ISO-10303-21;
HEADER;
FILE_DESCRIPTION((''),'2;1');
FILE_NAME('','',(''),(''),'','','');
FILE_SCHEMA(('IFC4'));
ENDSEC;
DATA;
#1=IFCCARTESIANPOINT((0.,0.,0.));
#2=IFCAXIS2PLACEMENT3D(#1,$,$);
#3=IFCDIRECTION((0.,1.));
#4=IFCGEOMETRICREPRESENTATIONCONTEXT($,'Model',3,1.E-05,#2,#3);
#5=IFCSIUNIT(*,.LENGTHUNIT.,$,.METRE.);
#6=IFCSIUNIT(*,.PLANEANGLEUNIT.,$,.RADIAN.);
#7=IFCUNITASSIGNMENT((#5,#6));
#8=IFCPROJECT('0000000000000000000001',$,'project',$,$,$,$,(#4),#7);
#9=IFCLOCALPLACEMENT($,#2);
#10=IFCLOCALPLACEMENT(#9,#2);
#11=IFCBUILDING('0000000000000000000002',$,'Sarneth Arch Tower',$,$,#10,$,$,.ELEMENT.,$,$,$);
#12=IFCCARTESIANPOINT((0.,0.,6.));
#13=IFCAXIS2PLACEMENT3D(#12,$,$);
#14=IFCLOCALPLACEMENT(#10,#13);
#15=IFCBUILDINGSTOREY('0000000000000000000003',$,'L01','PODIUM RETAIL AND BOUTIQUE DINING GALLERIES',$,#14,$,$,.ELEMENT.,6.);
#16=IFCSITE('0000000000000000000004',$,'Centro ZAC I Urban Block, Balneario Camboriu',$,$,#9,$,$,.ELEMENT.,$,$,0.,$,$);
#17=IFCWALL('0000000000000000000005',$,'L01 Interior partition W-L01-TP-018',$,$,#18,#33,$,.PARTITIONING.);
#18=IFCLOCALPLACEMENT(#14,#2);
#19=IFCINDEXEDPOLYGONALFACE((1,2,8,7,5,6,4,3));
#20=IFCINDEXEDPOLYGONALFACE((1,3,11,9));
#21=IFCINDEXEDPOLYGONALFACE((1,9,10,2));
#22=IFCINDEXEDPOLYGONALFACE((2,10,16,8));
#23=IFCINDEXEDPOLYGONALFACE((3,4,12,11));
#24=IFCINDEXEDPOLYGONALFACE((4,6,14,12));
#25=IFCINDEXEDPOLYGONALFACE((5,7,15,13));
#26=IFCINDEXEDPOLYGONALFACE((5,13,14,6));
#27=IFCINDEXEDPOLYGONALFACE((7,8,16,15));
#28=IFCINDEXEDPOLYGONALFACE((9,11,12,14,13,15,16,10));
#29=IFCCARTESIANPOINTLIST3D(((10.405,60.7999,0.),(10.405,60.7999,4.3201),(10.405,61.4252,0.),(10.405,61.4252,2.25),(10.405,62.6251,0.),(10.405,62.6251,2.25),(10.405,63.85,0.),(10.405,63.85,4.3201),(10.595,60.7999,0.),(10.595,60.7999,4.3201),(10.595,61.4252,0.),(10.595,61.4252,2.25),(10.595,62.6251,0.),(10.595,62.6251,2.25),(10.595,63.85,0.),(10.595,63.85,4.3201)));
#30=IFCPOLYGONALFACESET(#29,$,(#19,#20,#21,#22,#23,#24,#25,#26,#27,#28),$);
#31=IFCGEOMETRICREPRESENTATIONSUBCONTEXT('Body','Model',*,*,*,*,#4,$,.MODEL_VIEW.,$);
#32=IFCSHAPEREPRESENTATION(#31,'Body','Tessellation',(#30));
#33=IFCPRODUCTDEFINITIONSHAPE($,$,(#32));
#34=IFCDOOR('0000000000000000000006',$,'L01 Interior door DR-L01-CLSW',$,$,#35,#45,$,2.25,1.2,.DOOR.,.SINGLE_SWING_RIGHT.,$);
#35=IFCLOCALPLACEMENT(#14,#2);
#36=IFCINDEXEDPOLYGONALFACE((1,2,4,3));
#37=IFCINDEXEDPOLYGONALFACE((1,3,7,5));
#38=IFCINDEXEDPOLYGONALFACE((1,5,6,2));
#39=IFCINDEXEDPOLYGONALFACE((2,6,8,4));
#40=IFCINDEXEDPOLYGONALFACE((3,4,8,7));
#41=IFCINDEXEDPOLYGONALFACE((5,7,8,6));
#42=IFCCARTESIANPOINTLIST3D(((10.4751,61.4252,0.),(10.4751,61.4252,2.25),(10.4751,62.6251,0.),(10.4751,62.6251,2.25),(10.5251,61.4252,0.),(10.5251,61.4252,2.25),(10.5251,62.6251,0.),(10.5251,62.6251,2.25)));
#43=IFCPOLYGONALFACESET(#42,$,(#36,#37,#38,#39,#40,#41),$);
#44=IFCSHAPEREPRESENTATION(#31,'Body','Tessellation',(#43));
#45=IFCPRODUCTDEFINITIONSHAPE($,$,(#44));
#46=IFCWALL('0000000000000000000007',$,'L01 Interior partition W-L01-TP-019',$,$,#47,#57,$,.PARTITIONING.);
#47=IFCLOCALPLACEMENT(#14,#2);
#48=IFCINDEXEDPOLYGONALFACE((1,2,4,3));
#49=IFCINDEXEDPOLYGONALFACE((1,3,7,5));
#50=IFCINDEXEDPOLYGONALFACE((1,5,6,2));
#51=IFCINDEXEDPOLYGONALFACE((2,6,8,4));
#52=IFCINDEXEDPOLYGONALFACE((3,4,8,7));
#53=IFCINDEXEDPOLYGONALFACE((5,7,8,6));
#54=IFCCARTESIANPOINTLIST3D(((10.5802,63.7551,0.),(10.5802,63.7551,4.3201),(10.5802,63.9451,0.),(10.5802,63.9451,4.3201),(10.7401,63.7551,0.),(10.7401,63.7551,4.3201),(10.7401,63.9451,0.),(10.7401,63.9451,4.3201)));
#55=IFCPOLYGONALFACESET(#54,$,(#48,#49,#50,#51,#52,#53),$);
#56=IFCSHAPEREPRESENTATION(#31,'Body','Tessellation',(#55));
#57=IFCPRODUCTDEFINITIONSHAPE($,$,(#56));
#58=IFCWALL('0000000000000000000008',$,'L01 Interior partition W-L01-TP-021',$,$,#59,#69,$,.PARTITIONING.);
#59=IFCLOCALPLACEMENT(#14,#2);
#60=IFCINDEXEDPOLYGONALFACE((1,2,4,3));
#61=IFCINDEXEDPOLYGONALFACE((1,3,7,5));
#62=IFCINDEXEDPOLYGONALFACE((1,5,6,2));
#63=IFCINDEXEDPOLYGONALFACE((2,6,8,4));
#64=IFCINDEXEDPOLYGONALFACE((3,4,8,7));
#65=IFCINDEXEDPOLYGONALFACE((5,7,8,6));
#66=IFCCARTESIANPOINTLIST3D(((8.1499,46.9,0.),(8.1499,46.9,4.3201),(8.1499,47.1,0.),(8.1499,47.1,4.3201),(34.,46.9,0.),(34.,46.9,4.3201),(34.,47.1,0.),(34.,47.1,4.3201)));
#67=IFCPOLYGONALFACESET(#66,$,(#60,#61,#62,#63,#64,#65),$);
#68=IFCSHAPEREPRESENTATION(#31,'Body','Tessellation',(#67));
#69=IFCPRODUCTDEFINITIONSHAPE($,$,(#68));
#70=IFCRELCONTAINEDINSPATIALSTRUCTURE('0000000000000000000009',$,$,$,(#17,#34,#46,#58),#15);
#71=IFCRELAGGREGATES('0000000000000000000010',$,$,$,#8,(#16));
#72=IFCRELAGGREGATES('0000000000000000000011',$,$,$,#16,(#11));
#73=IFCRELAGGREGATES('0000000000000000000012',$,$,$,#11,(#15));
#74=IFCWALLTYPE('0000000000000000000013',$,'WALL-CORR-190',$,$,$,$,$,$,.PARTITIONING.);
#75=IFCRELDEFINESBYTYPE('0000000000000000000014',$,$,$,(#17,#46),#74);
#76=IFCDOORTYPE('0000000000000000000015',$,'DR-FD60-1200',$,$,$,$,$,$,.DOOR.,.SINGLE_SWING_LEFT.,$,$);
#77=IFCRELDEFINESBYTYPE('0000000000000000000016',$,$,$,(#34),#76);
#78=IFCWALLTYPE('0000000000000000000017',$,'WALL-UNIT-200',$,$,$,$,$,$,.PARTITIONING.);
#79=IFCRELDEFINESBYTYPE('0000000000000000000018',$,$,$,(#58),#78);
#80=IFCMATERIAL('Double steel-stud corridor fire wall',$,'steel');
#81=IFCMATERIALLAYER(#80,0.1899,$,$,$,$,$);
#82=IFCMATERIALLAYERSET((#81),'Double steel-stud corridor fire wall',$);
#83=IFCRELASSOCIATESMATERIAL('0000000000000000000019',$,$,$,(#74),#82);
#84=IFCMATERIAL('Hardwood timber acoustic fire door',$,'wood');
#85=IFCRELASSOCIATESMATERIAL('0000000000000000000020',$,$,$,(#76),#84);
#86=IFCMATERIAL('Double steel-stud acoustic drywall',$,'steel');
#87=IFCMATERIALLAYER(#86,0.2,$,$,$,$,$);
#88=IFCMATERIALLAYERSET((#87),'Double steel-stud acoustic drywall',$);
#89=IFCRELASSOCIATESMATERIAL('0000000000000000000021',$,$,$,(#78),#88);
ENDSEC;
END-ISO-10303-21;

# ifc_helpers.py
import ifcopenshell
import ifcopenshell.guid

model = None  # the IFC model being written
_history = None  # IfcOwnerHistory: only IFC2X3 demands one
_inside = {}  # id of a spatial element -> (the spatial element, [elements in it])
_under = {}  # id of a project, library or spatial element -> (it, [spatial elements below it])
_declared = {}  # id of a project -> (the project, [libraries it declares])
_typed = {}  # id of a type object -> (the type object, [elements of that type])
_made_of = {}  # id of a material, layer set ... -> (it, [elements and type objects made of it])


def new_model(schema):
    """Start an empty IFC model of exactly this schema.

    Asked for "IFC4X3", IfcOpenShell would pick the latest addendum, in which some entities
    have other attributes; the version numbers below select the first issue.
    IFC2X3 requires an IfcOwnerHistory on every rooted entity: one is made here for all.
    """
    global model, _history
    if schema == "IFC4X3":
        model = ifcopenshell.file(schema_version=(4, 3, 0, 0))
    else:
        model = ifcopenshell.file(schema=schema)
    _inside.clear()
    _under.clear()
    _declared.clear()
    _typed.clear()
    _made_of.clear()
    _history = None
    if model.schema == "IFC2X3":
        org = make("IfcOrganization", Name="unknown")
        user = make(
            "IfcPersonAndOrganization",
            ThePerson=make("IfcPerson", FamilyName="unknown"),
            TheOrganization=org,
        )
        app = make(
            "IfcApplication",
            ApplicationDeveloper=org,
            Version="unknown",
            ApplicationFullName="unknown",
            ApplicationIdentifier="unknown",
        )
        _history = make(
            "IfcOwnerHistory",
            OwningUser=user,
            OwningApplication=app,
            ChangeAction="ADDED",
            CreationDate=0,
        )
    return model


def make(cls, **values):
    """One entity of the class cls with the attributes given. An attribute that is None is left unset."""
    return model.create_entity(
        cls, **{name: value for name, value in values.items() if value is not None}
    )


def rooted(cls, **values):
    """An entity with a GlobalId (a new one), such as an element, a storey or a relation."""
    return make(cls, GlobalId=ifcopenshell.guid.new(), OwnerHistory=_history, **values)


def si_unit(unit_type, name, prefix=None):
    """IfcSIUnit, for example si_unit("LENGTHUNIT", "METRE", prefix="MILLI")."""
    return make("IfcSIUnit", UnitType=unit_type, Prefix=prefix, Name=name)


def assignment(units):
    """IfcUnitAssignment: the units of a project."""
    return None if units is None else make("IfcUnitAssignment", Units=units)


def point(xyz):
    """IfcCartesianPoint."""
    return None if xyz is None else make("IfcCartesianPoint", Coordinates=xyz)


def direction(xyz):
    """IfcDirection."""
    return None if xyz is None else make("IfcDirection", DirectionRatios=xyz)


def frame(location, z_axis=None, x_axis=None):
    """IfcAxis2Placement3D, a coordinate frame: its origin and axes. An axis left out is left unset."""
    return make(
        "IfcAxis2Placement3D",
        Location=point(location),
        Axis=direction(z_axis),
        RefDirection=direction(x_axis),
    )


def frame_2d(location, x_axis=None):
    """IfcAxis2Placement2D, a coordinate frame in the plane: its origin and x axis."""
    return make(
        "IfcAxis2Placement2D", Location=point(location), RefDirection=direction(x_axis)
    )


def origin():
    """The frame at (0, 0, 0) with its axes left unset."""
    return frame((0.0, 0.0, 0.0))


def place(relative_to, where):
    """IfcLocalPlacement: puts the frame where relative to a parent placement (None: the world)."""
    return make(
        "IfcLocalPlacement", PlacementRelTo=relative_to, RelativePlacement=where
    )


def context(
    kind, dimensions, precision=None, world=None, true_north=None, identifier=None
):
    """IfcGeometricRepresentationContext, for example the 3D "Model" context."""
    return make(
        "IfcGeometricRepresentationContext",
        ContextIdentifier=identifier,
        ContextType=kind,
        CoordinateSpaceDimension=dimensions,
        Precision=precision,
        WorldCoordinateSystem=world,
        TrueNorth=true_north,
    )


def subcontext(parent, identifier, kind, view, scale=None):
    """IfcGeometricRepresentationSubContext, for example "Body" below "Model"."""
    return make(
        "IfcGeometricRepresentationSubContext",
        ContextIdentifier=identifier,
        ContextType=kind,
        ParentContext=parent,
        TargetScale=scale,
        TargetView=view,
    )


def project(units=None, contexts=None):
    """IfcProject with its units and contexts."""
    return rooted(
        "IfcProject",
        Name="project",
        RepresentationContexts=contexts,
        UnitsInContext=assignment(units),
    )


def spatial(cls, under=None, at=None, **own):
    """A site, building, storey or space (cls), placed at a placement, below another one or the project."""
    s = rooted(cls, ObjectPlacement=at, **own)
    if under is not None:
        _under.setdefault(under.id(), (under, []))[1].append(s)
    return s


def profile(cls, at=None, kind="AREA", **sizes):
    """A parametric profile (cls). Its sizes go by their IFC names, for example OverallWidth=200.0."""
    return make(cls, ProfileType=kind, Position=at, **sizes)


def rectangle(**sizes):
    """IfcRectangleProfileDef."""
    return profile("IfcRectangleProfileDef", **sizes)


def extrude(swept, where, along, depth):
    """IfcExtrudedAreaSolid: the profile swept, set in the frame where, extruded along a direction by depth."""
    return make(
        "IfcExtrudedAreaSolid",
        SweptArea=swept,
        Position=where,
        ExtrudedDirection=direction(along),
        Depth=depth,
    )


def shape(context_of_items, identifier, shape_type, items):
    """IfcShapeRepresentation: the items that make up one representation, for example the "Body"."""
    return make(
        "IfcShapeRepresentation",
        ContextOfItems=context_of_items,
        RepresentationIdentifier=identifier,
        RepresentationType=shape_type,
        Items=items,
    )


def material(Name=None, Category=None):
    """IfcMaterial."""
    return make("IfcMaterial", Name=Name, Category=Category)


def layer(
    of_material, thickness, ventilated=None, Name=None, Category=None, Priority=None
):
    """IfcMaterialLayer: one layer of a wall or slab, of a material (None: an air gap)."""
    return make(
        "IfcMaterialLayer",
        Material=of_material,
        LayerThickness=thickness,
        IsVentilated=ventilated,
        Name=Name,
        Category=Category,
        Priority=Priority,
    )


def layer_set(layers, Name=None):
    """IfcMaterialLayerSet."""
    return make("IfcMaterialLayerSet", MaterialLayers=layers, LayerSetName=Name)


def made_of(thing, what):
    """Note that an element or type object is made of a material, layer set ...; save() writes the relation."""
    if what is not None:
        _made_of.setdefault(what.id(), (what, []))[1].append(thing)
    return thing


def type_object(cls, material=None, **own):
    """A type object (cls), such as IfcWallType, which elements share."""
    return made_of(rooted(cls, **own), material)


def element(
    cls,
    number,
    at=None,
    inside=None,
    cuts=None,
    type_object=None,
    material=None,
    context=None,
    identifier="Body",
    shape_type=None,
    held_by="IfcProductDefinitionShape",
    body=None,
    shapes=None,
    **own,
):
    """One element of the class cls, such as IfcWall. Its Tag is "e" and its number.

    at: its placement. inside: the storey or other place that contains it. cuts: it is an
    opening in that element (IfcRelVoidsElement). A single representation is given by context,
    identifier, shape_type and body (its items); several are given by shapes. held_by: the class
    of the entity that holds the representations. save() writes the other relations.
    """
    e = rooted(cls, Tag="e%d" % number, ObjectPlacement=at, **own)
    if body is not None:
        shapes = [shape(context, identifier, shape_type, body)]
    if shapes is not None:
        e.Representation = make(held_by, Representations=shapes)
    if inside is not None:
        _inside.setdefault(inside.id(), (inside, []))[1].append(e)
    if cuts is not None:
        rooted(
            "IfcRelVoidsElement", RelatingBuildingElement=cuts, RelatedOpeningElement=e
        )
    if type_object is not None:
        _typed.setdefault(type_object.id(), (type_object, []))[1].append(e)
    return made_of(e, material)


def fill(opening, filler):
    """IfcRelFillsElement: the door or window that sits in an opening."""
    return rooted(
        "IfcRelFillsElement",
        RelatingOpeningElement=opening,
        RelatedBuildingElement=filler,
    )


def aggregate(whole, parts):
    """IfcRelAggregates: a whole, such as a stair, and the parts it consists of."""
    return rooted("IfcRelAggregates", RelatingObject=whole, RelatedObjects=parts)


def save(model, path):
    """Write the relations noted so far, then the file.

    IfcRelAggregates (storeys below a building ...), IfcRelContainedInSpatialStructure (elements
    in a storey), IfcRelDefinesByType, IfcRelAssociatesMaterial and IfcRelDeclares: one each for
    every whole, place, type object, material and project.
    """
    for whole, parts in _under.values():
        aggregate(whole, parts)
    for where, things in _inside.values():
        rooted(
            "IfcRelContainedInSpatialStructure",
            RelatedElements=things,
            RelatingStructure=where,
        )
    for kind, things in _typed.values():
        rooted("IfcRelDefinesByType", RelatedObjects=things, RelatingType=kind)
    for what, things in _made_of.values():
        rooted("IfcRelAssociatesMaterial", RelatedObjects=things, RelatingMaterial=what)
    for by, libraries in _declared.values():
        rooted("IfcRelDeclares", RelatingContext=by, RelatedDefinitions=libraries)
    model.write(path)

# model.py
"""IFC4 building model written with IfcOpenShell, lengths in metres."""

from ifc_helpers import new_model, si_unit, direction, frame, frame_2d, origin, place, context, subcontext, project, spatial, rectangle, extrude, material, layer, layer_set, type_object, element, fill, save


model = new_model("IFC4")

# Units and contexts
model_context = context("Model", 3, precision=1e-05, world=origin(), true_north=direction((0.0, 1.0)))
body_context = subcontext(model_context, "Body", "Model", "MODEL_VIEW")
ifc_project = project(units=[si_unit("LENGTHUNIT", "METRE"), si_unit("PLANEANGLEUNIT", "RADIAN")], contexts=[model_context])

# Site, building, storey
site_placement = place(None, origin())
site = spatial("IfcSite", under=ifc_project, at=site_placement, Name="Centro ZAC I Urban Block, Balneario Camboriu", CompositionType="ELEMENT", RefElevation=0.0)
building_placement = place(site_placement, origin())
building = spatial("IfcBuilding", under=site, at=building_placement, Name="Sarneth Arch Tower", CompositionType="ELEMENT")
storey_placement = place(building_placement, frame((0.0, 0.0, 6.0)))
storey = spatial("IfcBuildingStorey", under=building, at=storey_placement, Name="L01", Description="PODIUM RETAIL AND BOUTIQUE DINING GALLERIES", CompositionType="ELEMENT", Elevation=6.0)

# Wall, opening, door
ifc_material_1 = material(Name="Double steel-stud corridor fire wall", Category="steel")
ifc_layer_1 = layer(ifc_material_1, 0.1899)
ifc_layer_set_1 = layer_set([ifc_layer_1], Name="Double steel-stud corridor fire wall")
wall_type_1 = type_object("IfcWallType", Name="WALL-CORR-190", PredefinedType="PARTITIONING", material=ifc_layer_set_1)
ifc_material_2 = material(Name="Hardwood timber acoustic fire door", Category="wood")
door_type_1 = type_object("IfcDoorType", Name="DR-FD60-1200", OperationType="SINGLE_SWING_LEFT", PredefinedType="DOOR", material=ifc_material_2)
wall_1_placement = place(storey_placement, frame((10.5, 60.8, 0.0), z_axis=(0.0, 0.0, 1.0), x_axis=(0.0, 1.0, 0.0)))
wall_1 = element("IfcWall", 1, at=wall_1_placement, inside=storey, type_object=wall_type_1, Name="L01 Interior partition W-L01-TP-018", PredefinedType="PARTITIONING", context=body_context, shape_type="SweptSolid", body=[
    extrude(rectangle(XDim=3.05, YDim=0.1899, at=frame_2d((1.5249, 0.0))), origin(), (0.0, 0.0, 1.0), 4.3201),
])
opening_1_placement = place(wall_1_placement, frame((0.625, 0.0, 0.0)))
opening_1 = element("IfcOpeningElement", 2, at=opening_1_placement, cuts=wall_1, PredefinedType="OPENING", context=body_context, shape_type="SweptSolid", body=[
    extrude(rectangle(XDim=1.2, YDim=2.25, at=frame_2d((0.6001, 1.125))), frame((0.0, 0.105, 0.0), z_axis=(0.0, -1.0, 0.0), x_axis=(1.0, 0.0, 0.0)), (0.0, 0.0, 1.0), 0.21),
])
door_1_placement = place(opening_1_placement, origin())
door_1 = element("IfcDoor", 3, at=door_1_placement, inside=storey, type_object=door_type_1, Name="L01 Interior door DR-L01-CLSW", OperationType="SINGLE_SWING_RIGHT", OverallHeight=2.25, OverallWidth=1.2, PredefinedType="DOOR", context=body_context, shape_type="SweptSolid", body=[
    extrude(rectangle(XDim=1.2, YDim=2.25, at=frame_2d((0.6001, 1.125))), frame((0.0, 0.0249, 0.0), z_axis=(0.0, -1.0, 0.0), x_axis=(1.0, 0.0, 0.0)), (0.0, 0.0, 1.0), 0.05),
])
fill(opening_1, door_1)

# Wall
wall_2_placement = place(storey_placement, frame((10.5801, 63.8501, 0.0), z_axis=(0.0, 0.0, 1.0), x_axis=(1.0, 0.0, 0.0)))
element("IfcWall", 4, at=wall_2_placement, inside=storey, type_object=wall_type_1, Name="L01 Interior partition W-L01-TP-019", PredefinedType="PARTITIONING", context=body_context, shape_type="SweptSolid", body=[
    extrude(rectangle(XDim=0.1599, YDim=0.1899, at=frame_2d((0.0801, 0.0))), origin(), (0.0, 0.0, 1.0), 4.3201),
])

# Wall
ifc_material_3 = material(Name="Double steel-stud acoustic drywall", Category="steel")
ifc_layer_2 = layer(ifc_material_3, 0.2)
ifc_layer_set_2 = layer_set([ifc_layer_2], Name="Double steel-stud acoustic drywall")
wall_type_2 = type_object("IfcWallType", Name="WALL-UNIT-200", PredefinedType="PARTITIONING", material=ifc_layer_set_2)
wall_3_placement = place(storey_placement, frame((8.1499, 47.0, 0.0), z_axis=(0.0, 0.0, 1.0), x_axis=(1.0, 0.0, 0.0)))
element("IfcWall", 5, at=wall_3_placement, inside=storey, type_object=wall_type_2, Name="L01 Interior partition W-L01-TP-021", PredefinedType="PARTITIONING", context=body_context, shape_type="SweptSolid", body=[
    extrude(rectangle(XDim=25.8501, YDim=0.2, at=frame_2d((12.925, 0.0))), origin(), (0.0, 0.0, 1.0), 4.3201),
])

save(model, "model.ifc")
